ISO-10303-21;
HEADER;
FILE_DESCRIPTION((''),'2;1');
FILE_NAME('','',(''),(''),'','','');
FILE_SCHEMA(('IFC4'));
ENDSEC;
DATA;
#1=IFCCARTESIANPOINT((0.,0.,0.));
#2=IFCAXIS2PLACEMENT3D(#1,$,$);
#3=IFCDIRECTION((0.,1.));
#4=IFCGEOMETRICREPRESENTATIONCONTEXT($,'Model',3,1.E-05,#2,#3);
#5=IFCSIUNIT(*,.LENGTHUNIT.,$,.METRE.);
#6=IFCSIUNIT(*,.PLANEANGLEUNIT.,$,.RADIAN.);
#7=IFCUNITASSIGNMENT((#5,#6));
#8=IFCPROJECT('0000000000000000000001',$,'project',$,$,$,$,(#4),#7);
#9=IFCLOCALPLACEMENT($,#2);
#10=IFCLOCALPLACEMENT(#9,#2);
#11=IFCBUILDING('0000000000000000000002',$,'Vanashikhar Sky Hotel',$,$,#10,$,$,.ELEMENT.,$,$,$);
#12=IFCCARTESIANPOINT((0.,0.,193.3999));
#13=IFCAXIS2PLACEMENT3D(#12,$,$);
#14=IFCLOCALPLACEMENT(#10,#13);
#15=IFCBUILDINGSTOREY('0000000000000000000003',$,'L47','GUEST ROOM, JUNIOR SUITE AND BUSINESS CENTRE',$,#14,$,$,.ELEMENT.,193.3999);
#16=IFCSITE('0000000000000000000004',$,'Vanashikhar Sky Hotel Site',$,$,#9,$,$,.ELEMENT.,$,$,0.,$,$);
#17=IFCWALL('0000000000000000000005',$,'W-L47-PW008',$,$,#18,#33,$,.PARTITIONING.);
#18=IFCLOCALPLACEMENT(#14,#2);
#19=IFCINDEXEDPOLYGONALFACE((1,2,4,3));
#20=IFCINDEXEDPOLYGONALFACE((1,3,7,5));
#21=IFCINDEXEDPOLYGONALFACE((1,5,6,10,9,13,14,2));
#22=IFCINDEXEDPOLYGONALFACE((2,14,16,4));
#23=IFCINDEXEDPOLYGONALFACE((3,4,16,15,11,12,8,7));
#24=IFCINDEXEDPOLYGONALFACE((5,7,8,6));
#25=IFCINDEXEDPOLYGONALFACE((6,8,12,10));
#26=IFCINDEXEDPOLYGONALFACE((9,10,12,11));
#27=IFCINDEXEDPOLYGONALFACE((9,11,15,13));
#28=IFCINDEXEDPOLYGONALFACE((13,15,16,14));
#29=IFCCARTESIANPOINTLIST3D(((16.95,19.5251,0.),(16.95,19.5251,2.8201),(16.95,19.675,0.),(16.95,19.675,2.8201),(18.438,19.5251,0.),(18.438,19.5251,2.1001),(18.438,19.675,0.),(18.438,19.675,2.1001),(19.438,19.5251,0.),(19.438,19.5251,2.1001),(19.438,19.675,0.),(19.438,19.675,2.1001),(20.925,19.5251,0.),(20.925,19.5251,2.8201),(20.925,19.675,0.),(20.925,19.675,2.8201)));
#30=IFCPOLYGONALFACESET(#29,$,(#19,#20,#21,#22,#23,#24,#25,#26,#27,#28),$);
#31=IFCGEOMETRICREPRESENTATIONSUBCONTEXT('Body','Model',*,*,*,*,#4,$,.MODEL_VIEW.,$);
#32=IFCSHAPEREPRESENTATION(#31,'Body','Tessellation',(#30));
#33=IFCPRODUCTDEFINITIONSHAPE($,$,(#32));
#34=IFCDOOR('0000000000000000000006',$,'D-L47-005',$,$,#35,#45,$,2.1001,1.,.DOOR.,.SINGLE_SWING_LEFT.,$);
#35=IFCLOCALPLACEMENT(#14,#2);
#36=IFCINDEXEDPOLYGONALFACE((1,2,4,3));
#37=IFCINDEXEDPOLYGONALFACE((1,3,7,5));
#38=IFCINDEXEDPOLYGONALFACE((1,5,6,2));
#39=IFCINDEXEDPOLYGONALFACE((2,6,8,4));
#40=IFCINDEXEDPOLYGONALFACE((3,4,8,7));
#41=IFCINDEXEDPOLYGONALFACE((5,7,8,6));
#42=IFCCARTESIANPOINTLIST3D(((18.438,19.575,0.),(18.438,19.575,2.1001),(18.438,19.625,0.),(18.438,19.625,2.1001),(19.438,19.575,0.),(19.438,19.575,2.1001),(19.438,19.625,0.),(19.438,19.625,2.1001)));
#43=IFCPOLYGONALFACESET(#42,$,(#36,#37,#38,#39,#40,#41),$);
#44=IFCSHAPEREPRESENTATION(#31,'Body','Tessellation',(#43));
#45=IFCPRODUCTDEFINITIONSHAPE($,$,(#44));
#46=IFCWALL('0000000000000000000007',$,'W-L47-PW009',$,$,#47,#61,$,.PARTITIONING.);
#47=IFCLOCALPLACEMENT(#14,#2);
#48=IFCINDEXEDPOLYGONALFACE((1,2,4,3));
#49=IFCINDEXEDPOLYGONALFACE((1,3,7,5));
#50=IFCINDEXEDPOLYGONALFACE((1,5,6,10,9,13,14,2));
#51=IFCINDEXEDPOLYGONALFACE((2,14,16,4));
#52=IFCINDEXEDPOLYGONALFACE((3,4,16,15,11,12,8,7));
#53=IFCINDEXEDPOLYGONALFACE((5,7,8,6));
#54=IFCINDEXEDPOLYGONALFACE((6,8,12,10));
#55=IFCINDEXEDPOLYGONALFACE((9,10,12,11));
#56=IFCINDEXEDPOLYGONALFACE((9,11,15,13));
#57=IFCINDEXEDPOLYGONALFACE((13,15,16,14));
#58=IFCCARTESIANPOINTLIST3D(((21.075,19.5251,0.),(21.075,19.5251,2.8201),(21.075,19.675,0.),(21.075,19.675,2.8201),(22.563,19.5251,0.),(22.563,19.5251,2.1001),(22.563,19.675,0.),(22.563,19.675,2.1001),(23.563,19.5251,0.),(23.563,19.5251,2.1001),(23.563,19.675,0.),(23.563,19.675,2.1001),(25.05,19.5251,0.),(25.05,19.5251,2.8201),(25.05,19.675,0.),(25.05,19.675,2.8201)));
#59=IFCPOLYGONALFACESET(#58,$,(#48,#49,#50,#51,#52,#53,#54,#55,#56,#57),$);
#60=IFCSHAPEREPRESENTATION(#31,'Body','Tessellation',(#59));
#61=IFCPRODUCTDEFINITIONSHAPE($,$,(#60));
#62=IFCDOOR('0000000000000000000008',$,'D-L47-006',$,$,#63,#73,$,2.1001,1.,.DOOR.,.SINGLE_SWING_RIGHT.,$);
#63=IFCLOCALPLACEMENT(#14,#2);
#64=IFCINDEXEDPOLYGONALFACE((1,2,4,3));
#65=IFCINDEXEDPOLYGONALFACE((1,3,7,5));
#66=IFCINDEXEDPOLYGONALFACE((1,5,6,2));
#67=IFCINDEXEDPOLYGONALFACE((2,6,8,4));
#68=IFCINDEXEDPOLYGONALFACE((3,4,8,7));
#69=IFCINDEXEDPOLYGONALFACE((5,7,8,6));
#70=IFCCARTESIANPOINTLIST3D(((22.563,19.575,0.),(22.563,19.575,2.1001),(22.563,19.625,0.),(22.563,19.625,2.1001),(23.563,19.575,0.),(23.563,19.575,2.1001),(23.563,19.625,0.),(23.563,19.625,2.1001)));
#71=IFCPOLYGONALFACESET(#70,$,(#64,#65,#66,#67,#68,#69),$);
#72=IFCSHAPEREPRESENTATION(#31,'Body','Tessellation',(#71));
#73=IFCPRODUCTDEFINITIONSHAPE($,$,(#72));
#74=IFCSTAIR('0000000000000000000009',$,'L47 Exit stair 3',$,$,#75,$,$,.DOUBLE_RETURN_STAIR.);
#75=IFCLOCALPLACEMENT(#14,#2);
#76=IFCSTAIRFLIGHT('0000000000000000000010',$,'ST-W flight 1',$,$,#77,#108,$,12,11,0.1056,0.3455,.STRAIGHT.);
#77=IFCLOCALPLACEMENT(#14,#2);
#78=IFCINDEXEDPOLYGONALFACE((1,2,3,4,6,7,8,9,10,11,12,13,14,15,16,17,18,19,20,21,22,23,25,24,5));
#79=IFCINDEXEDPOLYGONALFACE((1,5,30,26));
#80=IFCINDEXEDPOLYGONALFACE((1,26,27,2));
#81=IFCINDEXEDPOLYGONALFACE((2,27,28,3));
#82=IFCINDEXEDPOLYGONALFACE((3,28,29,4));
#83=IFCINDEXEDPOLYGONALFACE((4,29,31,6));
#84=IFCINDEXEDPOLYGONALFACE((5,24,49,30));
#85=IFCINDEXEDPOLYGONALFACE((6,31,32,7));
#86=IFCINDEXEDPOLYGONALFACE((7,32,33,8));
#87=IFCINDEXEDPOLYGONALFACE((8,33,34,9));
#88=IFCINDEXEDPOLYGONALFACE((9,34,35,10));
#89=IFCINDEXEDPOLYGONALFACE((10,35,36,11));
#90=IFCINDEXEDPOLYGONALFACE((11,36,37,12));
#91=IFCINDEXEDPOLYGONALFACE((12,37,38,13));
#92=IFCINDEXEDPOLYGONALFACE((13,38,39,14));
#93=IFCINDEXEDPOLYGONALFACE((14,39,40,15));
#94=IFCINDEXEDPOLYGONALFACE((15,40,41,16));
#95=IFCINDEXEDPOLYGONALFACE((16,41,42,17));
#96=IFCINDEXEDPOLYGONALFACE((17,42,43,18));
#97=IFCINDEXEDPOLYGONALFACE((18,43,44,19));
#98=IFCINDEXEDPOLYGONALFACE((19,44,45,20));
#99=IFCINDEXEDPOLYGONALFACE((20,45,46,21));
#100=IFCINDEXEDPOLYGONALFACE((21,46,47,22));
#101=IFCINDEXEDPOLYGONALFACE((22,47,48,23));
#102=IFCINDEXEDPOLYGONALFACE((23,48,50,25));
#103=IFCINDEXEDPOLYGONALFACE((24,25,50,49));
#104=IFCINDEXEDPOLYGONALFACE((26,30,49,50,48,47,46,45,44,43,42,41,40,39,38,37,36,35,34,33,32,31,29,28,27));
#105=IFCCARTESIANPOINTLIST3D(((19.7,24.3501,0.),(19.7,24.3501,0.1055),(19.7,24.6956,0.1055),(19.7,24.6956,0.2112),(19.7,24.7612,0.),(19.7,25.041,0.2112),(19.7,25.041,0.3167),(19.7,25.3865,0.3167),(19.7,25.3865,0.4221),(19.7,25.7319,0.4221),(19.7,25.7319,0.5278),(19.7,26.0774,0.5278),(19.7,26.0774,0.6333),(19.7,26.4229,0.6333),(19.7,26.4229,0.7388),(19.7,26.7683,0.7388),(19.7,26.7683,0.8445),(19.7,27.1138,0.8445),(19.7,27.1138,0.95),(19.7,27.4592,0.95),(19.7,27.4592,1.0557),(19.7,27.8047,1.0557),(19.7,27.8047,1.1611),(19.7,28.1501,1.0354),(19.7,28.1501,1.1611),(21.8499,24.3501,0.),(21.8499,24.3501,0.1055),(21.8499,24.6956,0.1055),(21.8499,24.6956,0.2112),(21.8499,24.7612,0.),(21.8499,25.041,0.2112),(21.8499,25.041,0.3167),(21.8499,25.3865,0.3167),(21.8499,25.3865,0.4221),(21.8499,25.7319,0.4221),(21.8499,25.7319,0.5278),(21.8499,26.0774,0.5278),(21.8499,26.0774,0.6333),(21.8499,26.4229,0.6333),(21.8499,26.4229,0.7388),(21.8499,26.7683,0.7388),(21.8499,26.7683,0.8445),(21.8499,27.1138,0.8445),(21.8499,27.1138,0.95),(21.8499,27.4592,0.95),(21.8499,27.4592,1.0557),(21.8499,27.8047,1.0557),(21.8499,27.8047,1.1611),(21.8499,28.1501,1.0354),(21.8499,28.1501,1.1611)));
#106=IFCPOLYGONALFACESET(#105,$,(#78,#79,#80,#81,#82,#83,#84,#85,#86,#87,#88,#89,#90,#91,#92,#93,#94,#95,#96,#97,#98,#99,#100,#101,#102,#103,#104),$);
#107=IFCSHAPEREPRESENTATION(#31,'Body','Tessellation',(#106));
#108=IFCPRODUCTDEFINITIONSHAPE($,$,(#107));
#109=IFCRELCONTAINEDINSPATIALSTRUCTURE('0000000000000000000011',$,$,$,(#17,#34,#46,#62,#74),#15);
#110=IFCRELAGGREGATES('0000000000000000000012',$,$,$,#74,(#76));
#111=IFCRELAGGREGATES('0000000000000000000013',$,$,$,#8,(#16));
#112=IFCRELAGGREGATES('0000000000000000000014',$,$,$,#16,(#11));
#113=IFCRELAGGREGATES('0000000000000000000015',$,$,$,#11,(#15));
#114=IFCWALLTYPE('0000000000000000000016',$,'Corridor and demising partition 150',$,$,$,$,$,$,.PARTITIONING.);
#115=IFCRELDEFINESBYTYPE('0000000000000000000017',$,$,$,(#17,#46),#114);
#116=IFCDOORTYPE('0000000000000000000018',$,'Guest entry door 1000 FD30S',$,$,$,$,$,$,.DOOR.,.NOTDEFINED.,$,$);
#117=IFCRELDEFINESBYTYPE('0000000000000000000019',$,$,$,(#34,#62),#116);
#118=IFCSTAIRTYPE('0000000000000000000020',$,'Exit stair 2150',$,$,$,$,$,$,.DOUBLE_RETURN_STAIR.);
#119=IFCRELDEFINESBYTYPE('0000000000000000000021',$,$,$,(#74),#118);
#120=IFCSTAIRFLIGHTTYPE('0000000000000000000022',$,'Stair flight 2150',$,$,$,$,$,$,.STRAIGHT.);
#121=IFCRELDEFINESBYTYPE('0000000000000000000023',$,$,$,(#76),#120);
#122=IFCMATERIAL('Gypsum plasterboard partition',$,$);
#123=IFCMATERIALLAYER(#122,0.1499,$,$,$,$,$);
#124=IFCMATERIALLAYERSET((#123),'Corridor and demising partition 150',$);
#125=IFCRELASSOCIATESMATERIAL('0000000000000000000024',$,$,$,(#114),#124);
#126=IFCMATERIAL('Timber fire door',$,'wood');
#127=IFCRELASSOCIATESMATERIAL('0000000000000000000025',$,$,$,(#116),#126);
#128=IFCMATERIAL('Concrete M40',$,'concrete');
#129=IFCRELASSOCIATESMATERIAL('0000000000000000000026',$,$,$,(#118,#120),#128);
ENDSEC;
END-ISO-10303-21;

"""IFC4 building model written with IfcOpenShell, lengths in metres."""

from ifc_helpers import new_model, si_unit, direction, frame, frame_2d, origin, place, context, subcontext, project, spatial, polyline, rectangle, outline, extrude, source, transform, mapped, material, layer, layer_set, type_object, element, fill, aggregate, save


model = new_model("IFC4")

# Units and contexts
model_context = context("Model", 3, precision=1e-05, world=origin(), true_north=direction((0.0, 1.0)))
body_context = subcontext(model_context, "Body", "Model", "MODEL_VIEW")
ifc_project = project(units=[si_unit("LENGTHUNIT", "METRE"), si_unit("PLANEANGLEUNIT", "RADIAN")], contexts=[model_context])

# Site, building, storey
site_placement = place(None, origin())
site = spatial("IfcSite", under=ifc_project, at=site_placement, Name="Vanashikhar Sky Hotel Site", CompositionType="ELEMENT", RefElevation=0.0)
building_placement = place(site_placement, origin())
building = spatial("IfcBuilding", under=site, at=building_placement, Name="Vanashikhar Sky Hotel", CompositionType="ELEMENT")
storey_placement = place(building_placement, frame((0.0, 0.0, 193.3999)))
storey = spatial("IfcBuildingStorey", under=building, at=storey_placement, Name="L47", Description="GUEST ROOM, JUNIOR SUITE AND BUSINESS CENTRE", CompositionType="ELEMENT", Elevation=193.3999)

# Walls, openings, doors
ifc_material_1 = material(Name="Gypsum plasterboard partition")
ifc_layer_1 = layer(ifc_material_1, 0.1499)
ifc_layer_set_1 = layer_set([ifc_layer_1], Name="Corridor and demising partition 150")
wall_type_1 = type_object("IfcWallType", Name="Corridor and demising partition 150", PredefinedType="PARTITIONING", material=ifc_layer_set_1)
shared_shape_1 = source(origin(), body_context, "Body", "SweptSolid", [
    extrude(rectangle(XDim=3.9751, YDim=0.1499, at=frame_2d((1.9875, 0.0))), origin(), (0.0, 0.0, 1.0), 2.8201),
])
wall_1_placement = place(storey_placement, frame((16.95, 19.6001, 0.0), z_axis=(0.0, 0.0, 1.0), x_axis=(1.0, 0.0, 0.0)))
wall_1 = element("IfcWall", 1, at=wall_1_placement, inside=storey, type_object=wall_type_1, Name="W-L47-PW008", PredefinedType="PARTITIONING", context=body_context, shape_type="MappedRepresentation", body=[
    mapped(shared_shape_1, transform((0.0, 0.0, 0.0), scale=1.0)),
])
shared_shape_2 = source(origin(), body_context, "Body", "SweptSolid", [
    extrude(rectangle(XDim=1.0, YDim=2.1001, at=frame_2d((0.5, 1.05))), frame((0.0, 0.085, 0.0), z_axis=(0.0, -1.0, 0.0), x_axis=(1.0, 0.0, 0.0)), (0.0, 0.0, 1.0), 0.1699),
])
opening_1_placement = place(wall_1_placement, frame((1.488, 0.0, 0.0)))
opening_1 = element("IfcOpeningElement", 2, at=opening_1_placement, cuts=wall_1, PredefinedType="OPENING", context=body_context, shape_type="MappedRepresentation", body=[
    mapped(shared_shape_2, transform((0.0, 0.0, 0.0), scale=1.0)),
])
ifc_material_2 = material(Name="Timber fire door", Category="wood")
door_type_1 = type_object("IfcDoorType", Name="Guest entry door 1000 FD30S", OperationType="NOTDEFINED", PredefinedType="DOOR", material=ifc_material_2)
shared_shape_3 = source(origin(), body_context, "Body", "SweptSolid", [
    extrude(rectangle(XDim=1.0, YDim=2.1001, at=frame_2d((0.5, 1.05))), frame((0.0, 0.0249, 0.0), z_axis=(0.0, -1.0, 0.0), x_axis=(1.0, 0.0, 0.0)), (0.0, 0.0, 1.0), 0.05),
])
door_1_placement = place(opening_1_placement, origin())
door_1 = element("IfcDoor", 3, at=door_1_placement, inside=storey, type_object=door_type_1, Name="D-L47-005", OperationType="SINGLE_SWING_LEFT", OverallHeight=2.1001, OverallWidth=1.0, PredefinedType="DOOR", context=body_context, shape_type="MappedRepresentation", body=[
    mapped(shared_shape_3, transform((0.0, 0.0, 0.0), scale=1.0)),
])
fill(opening_1, door_1)
wall_2_placement = place(storey_placement, frame((21.075, 19.6001, 0.0), z_axis=(0.0, 0.0, 1.0), x_axis=(1.0, 0.0, 0.0)))
wall_2 = element("IfcWall", 4, at=wall_2_placement, inside=storey, type_object=wall_type_1, Name="W-L47-PW009", PredefinedType="PARTITIONING", context=body_context, shape_type="MappedRepresentation", body=[
    mapped(shared_shape_1, transform((0.0, 0.0, 0.0), scale=1.0)),
])
opening_2_placement = place(wall_2_placement, frame((1.488, 0.0, 0.0)))
opening_2 = element("IfcOpeningElement", 5, at=opening_2_placement, cuts=wall_2, PredefinedType="OPENING", context=body_context, shape_type="MappedRepresentation", body=[
    mapped(shared_shape_2, transform((0.0, 0.0, 0.0), scale=1.0)),
])
door_2_placement = place(opening_2_placement, origin())
door_2 = element("IfcDoor", 6, at=door_2_placement, inside=storey, type_object=door_type_1, Name="D-L47-006", OperationType="SINGLE_SWING_RIGHT", OverallHeight=2.1001, OverallWidth=1.0, PredefinedType="DOOR", context=body_context, shape_type="MappedRepresentation", body=[
    mapped(shared_shape_3, transform((0.0, 0.0, 0.0), scale=1.0)),
])
fill(opening_2, door_2)

# Stair, stair flight
ifc_material_3 = material(Name="Concrete M40", Category="concrete")
stair_type = type_object("IfcStairType", Name="Exit stair 2150", PredefinedType="DOUBLE_RETURN_STAIR", material=ifc_material_3)
stair_placement = place(storey_placement, origin())
stair = element("IfcStair", 7, at=stair_placement, inside=storey, type_object=stair_type, Name="L47 Exit stair 3", PredefinedType="DOUBLE_RETURN_STAIR")
stair_flight_type = type_object("IfcStairFlightType", Name="Stair flight 2150", PredefinedType="STRAIGHT", material=ifc_material_3)
shared_shape_4 = source(origin(), body_context, "Body", "SweptSolid", [
    extrude(outline(polyline([(0.0, 0.0), (0.0, 0.1055), (0.3455, 0.1055), (0.3455, 0.2112), (0.6909, 0.2112), (0.6909, 0.3167), (1.0364, 0.3167), (1.0364, 0.4221), (1.3818, 0.4221), (1.3818, 0.5278), (1.7273, 0.5278), (1.7273, 0.6333), (2.0728, 0.6333), (2.0728, 0.7388), (2.4182, 0.7388), (2.4182, 0.8445), (2.7637, 0.8445), (2.7637, 0.95), (3.1091, 0.95), (3.1091, 1.0557), (3.4546, 1.0557), (3.4546, 1.1611), (3.8, 1.1611), (3.8, 1.2666), (3.8, 1.0354), (0.4111, 0.0), (0.0, 0.0)])), frame((0.0, 1.075, 0.0), z_axis=(0.0, -1.0, 0.0), x_axis=(1.0, 0.0, 0.0)), (0.0, 0.0, 1.0), 2.1499),
])
stair_flight_placement = place(storey_placement, frame((20.7749, 24.3501, 0.0), z_axis=(0.0, 0.0, 1.0), x_axis=(0.0, 1.0, 0.0)))
stair_flight = element("IfcStairFlight", 8, at=stair_flight_placement, type_object=stair_flight_type, Name="ST-W flight 1", NumberOfRisers=12, NumberOfTreads=11, PredefinedType="STRAIGHT", RiserHeight=0.1056, TreadLength=0.3455, context=body_context, shape_type="MappedRepresentation", body=[
    mapped(shared_shape_4, transform((0.0, 0.0, 0.0), scale=1.0)),
])
aggregate(stair, [stair_flight])

save(model, "model.ifc")
